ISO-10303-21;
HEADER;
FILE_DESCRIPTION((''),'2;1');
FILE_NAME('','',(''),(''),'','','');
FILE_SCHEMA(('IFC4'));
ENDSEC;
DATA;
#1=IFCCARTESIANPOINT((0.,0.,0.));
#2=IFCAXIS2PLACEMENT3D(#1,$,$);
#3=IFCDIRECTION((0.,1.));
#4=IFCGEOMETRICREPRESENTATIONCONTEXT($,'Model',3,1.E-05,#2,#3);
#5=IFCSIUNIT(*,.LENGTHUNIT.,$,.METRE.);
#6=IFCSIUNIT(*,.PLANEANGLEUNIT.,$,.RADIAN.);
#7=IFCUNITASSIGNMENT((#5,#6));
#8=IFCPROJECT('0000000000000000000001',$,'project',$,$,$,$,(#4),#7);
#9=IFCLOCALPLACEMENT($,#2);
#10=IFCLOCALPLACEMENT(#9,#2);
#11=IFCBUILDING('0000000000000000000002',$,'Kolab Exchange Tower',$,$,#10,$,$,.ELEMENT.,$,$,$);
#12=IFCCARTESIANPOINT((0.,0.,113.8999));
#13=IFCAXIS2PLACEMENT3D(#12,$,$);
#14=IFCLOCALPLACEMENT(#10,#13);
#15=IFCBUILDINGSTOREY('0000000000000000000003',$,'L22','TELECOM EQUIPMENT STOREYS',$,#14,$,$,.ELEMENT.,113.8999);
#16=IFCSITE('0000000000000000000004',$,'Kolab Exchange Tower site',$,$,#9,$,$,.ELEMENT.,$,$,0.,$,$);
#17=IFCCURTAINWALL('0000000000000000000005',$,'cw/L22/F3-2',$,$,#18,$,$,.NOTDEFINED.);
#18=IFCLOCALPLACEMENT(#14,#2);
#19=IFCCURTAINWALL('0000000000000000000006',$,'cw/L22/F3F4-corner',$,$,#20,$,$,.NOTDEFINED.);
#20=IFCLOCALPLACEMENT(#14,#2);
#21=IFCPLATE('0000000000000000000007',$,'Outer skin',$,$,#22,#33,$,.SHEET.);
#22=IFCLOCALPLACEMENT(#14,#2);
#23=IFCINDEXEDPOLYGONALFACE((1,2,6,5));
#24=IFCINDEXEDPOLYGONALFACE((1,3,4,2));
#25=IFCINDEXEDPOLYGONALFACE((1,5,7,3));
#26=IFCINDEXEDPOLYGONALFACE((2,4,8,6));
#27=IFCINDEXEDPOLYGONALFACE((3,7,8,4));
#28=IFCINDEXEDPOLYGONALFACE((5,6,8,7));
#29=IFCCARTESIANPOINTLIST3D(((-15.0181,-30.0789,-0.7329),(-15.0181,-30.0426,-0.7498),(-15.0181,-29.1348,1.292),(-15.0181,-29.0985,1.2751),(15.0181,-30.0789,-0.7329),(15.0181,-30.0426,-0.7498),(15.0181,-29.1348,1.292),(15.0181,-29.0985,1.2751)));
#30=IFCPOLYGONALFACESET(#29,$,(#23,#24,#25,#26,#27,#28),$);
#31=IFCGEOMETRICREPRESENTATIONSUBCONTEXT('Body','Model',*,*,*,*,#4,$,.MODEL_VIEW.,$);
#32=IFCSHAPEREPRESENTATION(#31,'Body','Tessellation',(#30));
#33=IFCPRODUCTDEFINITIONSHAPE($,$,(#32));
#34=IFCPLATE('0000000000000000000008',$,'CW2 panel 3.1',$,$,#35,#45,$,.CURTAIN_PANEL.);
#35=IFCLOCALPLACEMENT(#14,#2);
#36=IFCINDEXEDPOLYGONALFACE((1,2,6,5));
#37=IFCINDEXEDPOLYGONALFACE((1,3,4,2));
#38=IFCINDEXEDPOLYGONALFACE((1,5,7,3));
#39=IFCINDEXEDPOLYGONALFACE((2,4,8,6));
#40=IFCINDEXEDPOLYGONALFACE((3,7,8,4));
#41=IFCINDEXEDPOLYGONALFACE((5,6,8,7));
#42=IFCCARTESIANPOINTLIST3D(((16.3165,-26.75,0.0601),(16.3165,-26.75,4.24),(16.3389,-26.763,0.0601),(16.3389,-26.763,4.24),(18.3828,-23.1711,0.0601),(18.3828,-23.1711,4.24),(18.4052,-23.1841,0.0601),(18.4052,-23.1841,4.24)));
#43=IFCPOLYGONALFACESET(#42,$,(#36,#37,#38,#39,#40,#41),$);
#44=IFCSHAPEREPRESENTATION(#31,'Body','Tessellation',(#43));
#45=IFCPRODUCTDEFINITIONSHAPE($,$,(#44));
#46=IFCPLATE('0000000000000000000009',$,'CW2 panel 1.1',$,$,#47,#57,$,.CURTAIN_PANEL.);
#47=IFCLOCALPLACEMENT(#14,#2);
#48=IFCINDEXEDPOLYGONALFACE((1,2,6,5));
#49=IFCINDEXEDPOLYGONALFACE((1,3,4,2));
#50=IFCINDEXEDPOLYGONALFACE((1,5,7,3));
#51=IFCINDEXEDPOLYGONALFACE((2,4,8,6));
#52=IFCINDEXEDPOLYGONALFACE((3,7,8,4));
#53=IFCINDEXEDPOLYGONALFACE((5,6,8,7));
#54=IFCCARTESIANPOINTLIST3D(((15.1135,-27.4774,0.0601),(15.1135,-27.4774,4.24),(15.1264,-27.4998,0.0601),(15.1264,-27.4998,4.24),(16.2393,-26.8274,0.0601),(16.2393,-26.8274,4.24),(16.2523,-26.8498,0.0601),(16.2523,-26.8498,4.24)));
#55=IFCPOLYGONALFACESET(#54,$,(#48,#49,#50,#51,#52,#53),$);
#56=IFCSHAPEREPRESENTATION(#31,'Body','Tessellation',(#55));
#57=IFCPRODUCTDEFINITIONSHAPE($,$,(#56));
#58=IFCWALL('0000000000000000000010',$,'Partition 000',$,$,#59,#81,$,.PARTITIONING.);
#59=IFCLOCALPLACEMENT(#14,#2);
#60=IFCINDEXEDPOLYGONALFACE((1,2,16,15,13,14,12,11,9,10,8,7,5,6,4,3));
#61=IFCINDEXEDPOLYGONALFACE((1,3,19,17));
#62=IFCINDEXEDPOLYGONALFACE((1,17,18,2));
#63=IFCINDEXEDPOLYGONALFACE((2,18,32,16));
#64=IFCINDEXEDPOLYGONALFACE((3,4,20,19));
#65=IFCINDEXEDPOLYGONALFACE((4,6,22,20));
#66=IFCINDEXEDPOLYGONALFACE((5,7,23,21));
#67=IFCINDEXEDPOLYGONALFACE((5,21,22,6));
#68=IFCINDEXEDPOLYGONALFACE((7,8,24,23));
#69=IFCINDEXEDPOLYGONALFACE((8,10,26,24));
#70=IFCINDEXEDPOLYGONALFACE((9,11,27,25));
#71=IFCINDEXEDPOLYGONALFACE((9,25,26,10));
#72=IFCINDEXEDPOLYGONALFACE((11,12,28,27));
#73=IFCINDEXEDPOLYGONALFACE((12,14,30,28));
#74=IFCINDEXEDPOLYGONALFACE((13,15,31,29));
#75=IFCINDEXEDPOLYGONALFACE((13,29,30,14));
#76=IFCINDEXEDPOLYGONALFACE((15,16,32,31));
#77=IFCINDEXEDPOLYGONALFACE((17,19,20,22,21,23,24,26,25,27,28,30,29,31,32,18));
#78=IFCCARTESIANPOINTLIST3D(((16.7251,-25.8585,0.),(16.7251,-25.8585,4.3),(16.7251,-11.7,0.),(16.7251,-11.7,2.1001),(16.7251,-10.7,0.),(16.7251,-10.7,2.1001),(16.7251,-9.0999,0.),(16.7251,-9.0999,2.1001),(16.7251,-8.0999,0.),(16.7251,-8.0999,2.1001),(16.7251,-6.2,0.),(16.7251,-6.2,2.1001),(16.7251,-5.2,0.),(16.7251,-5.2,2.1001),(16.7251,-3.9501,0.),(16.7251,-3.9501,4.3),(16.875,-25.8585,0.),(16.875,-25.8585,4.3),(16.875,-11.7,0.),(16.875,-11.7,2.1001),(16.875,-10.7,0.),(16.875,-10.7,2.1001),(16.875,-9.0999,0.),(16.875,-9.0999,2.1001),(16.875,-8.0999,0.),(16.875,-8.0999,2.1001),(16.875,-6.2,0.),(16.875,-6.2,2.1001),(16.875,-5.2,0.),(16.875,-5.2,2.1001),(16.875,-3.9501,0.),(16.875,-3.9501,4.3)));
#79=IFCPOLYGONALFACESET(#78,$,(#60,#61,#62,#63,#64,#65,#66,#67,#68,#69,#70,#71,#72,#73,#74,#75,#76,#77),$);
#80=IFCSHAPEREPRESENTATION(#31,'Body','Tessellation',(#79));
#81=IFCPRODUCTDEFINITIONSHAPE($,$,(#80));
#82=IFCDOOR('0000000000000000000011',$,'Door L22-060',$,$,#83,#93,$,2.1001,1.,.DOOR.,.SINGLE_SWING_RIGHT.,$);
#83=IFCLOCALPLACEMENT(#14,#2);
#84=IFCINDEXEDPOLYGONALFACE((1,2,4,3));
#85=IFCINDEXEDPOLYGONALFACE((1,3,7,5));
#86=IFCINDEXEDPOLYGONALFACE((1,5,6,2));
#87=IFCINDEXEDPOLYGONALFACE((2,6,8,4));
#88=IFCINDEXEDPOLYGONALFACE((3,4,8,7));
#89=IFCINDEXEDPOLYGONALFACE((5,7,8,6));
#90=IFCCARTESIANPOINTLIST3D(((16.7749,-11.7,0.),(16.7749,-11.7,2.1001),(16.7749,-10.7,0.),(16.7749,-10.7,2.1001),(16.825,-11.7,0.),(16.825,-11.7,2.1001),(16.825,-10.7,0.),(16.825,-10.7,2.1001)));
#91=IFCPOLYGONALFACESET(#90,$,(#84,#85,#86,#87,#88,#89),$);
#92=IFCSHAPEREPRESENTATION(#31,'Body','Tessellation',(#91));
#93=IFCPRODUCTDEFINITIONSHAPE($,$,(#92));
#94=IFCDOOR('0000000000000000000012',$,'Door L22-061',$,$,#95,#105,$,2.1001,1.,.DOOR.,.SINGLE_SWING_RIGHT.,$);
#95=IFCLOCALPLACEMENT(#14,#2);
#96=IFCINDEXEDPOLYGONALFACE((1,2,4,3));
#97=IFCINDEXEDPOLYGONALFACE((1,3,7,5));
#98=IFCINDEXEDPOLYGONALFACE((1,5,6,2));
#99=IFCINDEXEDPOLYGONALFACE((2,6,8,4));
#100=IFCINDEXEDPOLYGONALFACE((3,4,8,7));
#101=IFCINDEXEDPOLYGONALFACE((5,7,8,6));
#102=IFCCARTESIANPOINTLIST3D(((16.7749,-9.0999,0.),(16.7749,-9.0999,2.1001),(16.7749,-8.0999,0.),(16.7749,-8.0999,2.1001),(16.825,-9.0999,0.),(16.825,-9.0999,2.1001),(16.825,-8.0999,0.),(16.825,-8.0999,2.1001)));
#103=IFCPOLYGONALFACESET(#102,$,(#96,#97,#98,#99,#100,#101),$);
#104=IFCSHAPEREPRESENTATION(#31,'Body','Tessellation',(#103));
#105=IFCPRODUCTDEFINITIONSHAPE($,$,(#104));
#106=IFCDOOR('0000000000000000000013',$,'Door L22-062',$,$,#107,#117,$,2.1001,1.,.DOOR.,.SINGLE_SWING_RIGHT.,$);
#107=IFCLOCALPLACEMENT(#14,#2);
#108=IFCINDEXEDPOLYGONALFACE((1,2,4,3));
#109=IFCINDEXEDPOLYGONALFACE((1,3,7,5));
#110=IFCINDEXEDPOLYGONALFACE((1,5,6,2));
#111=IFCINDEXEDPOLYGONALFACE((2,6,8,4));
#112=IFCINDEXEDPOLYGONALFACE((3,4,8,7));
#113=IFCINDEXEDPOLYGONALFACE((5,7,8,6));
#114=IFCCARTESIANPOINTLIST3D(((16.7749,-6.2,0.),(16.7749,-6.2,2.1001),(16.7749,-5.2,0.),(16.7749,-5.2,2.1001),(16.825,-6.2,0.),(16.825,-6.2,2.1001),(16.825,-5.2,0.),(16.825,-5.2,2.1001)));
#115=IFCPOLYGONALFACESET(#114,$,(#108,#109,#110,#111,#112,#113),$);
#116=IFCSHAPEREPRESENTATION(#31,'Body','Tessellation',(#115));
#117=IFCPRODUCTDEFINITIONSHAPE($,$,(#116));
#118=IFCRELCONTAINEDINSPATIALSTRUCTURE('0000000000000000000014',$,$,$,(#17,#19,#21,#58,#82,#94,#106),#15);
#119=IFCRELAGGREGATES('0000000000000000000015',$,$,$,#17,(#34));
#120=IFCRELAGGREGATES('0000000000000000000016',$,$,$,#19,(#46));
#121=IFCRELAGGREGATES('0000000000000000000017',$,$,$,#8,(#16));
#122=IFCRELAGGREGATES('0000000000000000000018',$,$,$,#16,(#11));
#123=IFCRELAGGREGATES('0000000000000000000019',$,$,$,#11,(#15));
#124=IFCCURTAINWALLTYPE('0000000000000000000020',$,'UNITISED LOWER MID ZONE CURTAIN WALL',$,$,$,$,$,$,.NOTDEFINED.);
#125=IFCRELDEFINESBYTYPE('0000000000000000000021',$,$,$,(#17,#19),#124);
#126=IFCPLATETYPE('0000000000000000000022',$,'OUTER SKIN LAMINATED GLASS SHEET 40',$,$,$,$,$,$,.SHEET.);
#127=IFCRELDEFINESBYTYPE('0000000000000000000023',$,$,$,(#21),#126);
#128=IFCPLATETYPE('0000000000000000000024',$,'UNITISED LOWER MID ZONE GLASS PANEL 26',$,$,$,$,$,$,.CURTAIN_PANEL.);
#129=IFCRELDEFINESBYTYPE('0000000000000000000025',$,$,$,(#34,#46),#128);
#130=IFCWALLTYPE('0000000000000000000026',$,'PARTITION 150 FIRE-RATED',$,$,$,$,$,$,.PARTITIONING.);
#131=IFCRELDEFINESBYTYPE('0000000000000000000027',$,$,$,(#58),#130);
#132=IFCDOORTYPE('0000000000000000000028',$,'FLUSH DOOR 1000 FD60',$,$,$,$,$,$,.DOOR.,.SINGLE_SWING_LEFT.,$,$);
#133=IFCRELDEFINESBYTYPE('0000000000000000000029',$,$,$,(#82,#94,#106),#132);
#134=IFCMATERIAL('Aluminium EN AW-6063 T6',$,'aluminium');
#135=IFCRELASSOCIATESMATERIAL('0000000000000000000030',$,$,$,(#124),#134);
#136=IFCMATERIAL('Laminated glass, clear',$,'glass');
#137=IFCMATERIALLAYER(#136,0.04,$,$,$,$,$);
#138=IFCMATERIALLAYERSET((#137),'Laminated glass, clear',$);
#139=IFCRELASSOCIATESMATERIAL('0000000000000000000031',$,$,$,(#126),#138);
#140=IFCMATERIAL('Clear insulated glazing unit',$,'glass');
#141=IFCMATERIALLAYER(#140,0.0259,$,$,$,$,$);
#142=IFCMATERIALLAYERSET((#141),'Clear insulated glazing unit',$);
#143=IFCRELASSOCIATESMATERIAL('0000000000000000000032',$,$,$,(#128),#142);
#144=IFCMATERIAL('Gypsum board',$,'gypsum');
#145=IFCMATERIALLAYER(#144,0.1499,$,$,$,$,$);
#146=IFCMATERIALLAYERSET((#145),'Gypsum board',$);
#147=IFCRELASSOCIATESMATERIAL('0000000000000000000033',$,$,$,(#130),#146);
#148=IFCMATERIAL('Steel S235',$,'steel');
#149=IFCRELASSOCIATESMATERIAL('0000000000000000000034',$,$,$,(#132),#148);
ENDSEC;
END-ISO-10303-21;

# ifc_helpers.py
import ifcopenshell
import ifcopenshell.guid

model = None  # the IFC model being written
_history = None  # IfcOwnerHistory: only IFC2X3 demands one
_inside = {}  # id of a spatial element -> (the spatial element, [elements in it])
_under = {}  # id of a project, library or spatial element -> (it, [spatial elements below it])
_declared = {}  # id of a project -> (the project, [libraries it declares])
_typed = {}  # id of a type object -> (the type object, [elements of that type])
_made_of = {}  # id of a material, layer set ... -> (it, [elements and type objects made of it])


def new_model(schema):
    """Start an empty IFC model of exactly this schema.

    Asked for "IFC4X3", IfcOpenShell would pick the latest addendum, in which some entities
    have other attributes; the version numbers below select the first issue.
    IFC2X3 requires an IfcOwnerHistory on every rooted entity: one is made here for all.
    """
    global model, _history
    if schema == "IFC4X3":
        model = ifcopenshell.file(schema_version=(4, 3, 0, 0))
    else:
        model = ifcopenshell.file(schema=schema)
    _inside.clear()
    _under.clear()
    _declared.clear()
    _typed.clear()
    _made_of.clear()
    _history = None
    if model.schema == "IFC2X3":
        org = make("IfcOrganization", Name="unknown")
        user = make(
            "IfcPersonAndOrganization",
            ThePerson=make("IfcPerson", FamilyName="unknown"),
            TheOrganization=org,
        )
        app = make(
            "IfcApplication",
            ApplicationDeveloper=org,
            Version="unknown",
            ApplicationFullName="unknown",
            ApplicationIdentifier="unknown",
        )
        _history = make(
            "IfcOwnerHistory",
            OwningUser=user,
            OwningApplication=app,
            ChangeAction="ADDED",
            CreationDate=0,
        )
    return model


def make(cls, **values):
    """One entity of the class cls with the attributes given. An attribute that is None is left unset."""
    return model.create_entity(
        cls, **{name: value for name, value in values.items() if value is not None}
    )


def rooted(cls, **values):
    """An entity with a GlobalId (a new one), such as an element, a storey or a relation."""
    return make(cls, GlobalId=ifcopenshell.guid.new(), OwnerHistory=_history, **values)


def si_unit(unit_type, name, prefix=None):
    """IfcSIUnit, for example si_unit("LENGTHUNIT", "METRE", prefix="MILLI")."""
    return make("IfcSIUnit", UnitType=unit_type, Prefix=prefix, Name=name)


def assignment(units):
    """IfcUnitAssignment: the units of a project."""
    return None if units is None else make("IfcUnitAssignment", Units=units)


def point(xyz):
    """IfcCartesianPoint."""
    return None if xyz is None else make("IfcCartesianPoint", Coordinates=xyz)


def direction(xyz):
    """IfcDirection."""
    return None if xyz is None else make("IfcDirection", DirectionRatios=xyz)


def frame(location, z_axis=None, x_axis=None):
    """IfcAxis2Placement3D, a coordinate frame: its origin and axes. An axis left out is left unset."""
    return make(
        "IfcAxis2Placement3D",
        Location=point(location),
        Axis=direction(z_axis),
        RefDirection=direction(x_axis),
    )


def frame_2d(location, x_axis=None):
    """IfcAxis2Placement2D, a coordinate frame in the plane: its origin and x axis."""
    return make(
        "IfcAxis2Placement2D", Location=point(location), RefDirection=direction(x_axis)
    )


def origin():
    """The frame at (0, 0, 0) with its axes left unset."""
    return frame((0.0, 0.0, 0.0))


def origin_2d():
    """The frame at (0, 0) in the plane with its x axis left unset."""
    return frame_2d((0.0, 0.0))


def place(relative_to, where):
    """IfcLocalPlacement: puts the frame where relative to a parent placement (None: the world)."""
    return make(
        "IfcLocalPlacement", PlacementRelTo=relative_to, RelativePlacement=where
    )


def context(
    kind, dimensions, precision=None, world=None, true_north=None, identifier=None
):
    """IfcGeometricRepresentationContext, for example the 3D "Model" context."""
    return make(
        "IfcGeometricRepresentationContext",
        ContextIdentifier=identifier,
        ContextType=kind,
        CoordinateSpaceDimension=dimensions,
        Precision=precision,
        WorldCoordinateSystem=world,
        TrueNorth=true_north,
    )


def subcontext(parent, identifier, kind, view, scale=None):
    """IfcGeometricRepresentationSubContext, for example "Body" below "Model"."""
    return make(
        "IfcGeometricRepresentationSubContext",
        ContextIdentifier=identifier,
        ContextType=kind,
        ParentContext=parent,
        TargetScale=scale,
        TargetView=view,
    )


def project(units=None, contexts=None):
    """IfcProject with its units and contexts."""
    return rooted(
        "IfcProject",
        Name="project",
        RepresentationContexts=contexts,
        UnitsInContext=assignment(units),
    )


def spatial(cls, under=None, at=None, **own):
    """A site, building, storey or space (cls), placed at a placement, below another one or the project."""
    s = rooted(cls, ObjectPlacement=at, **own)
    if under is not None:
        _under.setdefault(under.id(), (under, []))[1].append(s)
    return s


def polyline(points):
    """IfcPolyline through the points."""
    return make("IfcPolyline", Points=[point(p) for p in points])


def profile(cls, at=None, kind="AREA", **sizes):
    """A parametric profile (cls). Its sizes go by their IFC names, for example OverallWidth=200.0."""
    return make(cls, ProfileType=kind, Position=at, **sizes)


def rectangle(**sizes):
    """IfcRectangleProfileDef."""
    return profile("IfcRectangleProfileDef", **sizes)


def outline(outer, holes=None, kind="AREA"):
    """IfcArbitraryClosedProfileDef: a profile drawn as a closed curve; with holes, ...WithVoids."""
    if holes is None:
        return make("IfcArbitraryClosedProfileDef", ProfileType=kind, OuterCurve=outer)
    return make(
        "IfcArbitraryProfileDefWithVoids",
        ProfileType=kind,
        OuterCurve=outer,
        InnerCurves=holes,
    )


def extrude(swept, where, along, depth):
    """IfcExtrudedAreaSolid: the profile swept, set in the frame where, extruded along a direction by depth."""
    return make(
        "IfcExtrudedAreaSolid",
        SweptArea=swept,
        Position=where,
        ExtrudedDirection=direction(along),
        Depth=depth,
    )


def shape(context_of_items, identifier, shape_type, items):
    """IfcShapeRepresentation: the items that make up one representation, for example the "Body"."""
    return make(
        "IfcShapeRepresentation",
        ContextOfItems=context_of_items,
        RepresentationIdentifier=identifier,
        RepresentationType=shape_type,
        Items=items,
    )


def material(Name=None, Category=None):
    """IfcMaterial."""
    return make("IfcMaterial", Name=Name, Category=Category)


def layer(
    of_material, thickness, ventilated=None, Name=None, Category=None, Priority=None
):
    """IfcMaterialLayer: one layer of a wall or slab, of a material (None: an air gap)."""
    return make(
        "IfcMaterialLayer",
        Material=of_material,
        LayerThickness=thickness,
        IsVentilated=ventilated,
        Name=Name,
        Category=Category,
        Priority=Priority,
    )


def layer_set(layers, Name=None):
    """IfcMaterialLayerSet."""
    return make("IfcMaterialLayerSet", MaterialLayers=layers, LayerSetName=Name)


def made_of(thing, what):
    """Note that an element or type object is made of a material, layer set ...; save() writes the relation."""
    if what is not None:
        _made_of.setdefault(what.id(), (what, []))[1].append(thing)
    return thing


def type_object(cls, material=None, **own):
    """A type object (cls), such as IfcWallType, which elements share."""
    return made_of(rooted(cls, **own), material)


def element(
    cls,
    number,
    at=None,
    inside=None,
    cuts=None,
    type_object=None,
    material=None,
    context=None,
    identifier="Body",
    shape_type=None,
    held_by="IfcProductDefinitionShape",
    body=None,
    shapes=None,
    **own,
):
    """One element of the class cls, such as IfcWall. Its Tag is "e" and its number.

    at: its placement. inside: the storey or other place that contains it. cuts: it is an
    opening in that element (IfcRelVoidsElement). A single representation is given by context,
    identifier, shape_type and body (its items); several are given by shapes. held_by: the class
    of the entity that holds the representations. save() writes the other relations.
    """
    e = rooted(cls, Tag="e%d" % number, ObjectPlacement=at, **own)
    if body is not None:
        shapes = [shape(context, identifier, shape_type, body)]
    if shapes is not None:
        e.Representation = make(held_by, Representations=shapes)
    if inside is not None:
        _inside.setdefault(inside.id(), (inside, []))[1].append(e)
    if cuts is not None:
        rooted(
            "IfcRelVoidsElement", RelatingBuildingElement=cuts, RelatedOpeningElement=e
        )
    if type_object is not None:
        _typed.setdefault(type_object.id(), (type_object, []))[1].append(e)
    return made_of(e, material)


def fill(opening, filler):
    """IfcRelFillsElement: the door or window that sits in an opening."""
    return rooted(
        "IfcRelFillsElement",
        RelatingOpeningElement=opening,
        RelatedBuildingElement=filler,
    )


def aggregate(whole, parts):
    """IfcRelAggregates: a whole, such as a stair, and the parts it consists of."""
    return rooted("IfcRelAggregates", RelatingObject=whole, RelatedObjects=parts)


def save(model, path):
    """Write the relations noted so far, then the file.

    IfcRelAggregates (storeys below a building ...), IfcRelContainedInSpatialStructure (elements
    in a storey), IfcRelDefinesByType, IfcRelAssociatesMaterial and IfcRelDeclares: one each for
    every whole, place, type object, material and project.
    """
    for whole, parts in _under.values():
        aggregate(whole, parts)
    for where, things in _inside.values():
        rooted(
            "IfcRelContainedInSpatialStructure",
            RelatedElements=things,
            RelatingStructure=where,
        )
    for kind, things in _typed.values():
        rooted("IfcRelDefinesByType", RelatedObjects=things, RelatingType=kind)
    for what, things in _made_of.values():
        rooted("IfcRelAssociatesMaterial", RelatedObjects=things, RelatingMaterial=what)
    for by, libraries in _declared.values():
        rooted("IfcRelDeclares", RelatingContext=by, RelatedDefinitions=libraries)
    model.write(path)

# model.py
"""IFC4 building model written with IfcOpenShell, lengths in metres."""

from ifc_helpers import new_model, si_unit, direction, frame, frame_2d, origin, origin_2d, place, context, subcontext, project, spatial, polyline, rectangle, outline, extrude, material, layer, layer_set, type_object, element, fill, aggregate, save


model = new_model("IFC4")

# Units and contexts
model_context = context("Model", 3, precision=1e-05, world=origin(), true_north=direction((0.0, 1.0)))
body_context = subcontext(model_context, "Body", "Model", "MODEL_VIEW")
ifc_project = project(units=[si_unit("LENGTHUNIT", "METRE"), si_unit("PLANEANGLEUNIT", "RADIAN")], contexts=[model_context])

# Site, building, storey
site_placement = place(None, origin())
site = spatial("IfcSite", under=ifc_project, at=site_placement, Name="Kolab Exchange Tower site", CompositionType="ELEMENT", RefElevation=0.0)
building_placement = place(site_placement, origin())
building = spatial("IfcBuilding", under=site, at=building_placement, Name="Kolab Exchange Tower", CompositionType="ELEMENT")
storey_placement = place(building_placement, frame((0.0, 0.0, 113.8999)))
storey = spatial("IfcBuildingStorey", under=building, at=storey_placement, Name="L22", Description="TELECOM EQUIPMENT STOREYS", CompositionType="ELEMENT", Elevation=113.8999)

# Curtain wall
ifc_material_1 = material(Name="Aluminium EN AW-6063 T6", Category="aluminium")
curtain_wall_type = type_object("IfcCurtainWallType", Name="UNITISED LOWER MID ZONE CURTAIN WALL", PredefinedType="NOTDEFINED", material=ifc_material_1)
curtain_wall_1_placement = place(storey_placement, origin())
curtain_wall_1 = element("IfcCurtainWall", 1, at=curtain_wall_1_placement, inside=storey, type_object=curtain_wall_type, Name="cw/L22/F3-2", PredefinedType="NOTDEFINED")

# Curtain wall
curtain_wall_2_placement = place(storey_placement, origin())
curtain_wall_2 = element("IfcCurtainWall", 2, at=curtain_wall_2_placement, inside=storey, type_object=curtain_wall_type, Name="cw/L22/F3F4-corner", PredefinedType="NOTDEFINED")

# Plates
ifc_material_2 = material(Name="Laminated glass, clear", Category="glass")
ifc_layer_1 = layer(ifc_material_2, 0.04)
ifc_layer_set_1 = layer_set([ifc_layer_1], Name="Laminated glass, clear")
plate_type_1 = type_object("IfcPlateType", Name="OUTER SKIN LAMINATED GLASS SHEET 40", PredefinedType="SHEET", material=ifc_layer_set_1)
plate_1_placement = place(storey_placement, frame((15.0181, -30.0789, -0.7329), z_axis=(0.0, -0.906331, 0.422568), x_axis=(-1.0, 0.0, 0.0)))
element("IfcPlate", 3, at=plate_1_placement, inside=storey, type_object=plate_type_1, Name="Outer skin", PredefinedType="SHEET", context=body_context, shape_type="SweptSolid", body=[
    extrude(outline(polyline([(0.0, 0.0), (30.0361, 0.0), (30.0361, -2.2342), (0.0, -2.2342), (0.0, 0.0)])), origin(), (0.0, 0.0, -1.0), 0.04),
])
ifc_material_3 = material(Name="Clear insulated glazing unit", Category="glass")
ifc_layer_2 = layer(ifc_material_3, 0.0259)
ifc_layer_set_2 = layer_set([ifc_layer_2], Name="Clear insulated glazing unit")
plate_type_2 = type_object("IfcPlateType", Name="UNITISED LOWER MID ZONE GLASS PANEL 26", PredefinedType="CURTAIN_PANEL", material=ifc_layer_set_2)
plate_2_placement = place(storey_placement, frame((17.3608, -24.967, 0.0601), z_axis=(0.0, 0.0, 1.0), x_axis=(-0.5, -0.866025, 0.0)))
plate_2 = element("IfcPlate", 4, at=plate_2_placement, type_object=plate_type_2, Name="CW2 panel 3.1", PredefinedType="CURTAIN_PANEL", context=body_context, shape_type="SweptSolid", body=[
    extrude(rectangle(XDim=4.1326, YDim=0.0259, at=origin_2d()), origin(), (0.0, 0.0, 1.0), 4.1799),
])
aggregate(curtain_wall_1, [plate_2])
plate_3_placement = place(storey_placement, frame((15.6829, -27.1636, 0.0601), z_axis=(0.0, 0.0, 1.0), x_axis=(-0.866025, -0.5, 0.0)))
plate_3 = element("IfcPlate", 5, at=plate_3_placement, type_object=plate_type_2, Name="CW2 panel 1.1", PredefinedType="CURTAIN_PANEL", context=body_context, shape_type="SweptSolid", body=[
    extrude(rectangle(XDim=1.3, YDim=0.0259, at=origin_2d()), origin(), (0.0, 0.0, 1.0), 4.1799),
])
aggregate(curtain_wall_2, [plate_3])

# Wall, openings, doors
ifc_material_4 = material(Name="Gypsum board", Category="gypsum")
ifc_layer_3 = layer(ifc_material_4, 0.1499)
ifc_layer_set_3 = layer_set([ifc_layer_3], Name="Gypsum board")
wall_type = type_object("IfcWallType", Name="PARTITION 150 FIRE-RATED", PredefinedType="PARTITIONING", material=ifc_layer_set_3)
wall_placement = place(storey_placement, frame((16.8, -25.8584, 0.0), z_axis=(0.0, 0.0, 1.0), x_axis=(0.0, 1.0, 0.0)))
wall = element("IfcWall", 6, at=wall_placement, inside=storey, type_object=wall_type, Name="Partition 000", PredefinedType="PARTITIONING", context=body_context, shape_type="SweptSolid", body=[
    extrude(rectangle(XDim=21.9084, YDim=0.1499, at=frame_2d((10.9541, 0.0))), origin(), (0.0, 0.0, 1.0), 4.3),
])
opening_1_placement = place(wall_placement, frame((14.1584, 0.0, 0.0)))
opening_1 = element("IfcOpeningElement", 7, at=opening_1_placement, cuts=wall, PredefinedType="OPENING", context=body_context, shape_type="SweptSolid", body=[
    extrude(rectangle(XDim=1.0, YDim=2.1001, at=frame_2d((0.5, 1.05))), frame((0.0, 0.085, 0.0), z_axis=(0.0, -1.0, 0.0), x_axis=(1.0, 0.0, 0.0)), (0.0, 0.0, 1.0), 0.1699),
])
opening_2_placement = place(wall_placement, frame((16.7585, 0.0, 0.0)))
opening_2 = element("IfcOpeningElement", 8, at=opening_2_placement, cuts=wall, PredefinedType="OPENING", context=body_context, shape_type="SweptSolid", body=[
    extrude(rectangle(XDim=1.0, YDim=2.1001, at=frame_2d((0.5, 1.05))), frame((0.0, 0.085, 0.0), z_axis=(0.0, -1.0, 0.0), x_axis=(1.0, 0.0, 0.0)), (0.0, 0.0, 1.0), 0.1699),
])
opening_3_placement = place(wall_placement, frame((19.6584, 0.0, 0.0)))
opening_3 = element("IfcOpeningElement", 9, at=opening_3_placement, cuts=wall, PredefinedType="OPENING", context=body_context, shape_type="SweptSolid", body=[
    extrude(rectangle(XDim=1.0, YDim=2.1001, at=frame_2d((0.5, 1.05))), frame((0.0, 0.085, 0.0), z_axis=(0.0, -1.0, 0.0), x_axis=(1.0, 0.0, 0.0)), (0.0, 0.0, 1.0), 0.1699),
])
ifc_material_5 = material(Name="Steel S235", Category="steel")
door_type = type_object("IfcDoorType", Name="FLUSH DOOR 1000 FD60", OperationType="SINGLE_SWING_LEFT", PredefinedType="DOOR", material=ifc_material_5)
door_1_placement = place(opening_1_placement, frame((1.0, 0.0, 0.0), z_axis=(0.0, 0.0, 1.0), x_axis=(-1.0, 0.0, 0.0)))
door_1 = element("IfcDoor", 10, at=door_1_placement, inside=storey, type_object=door_type, Name="Door L22-060", OperationType="SINGLE_SWING_RIGHT", OverallHeight=2.1001, OverallWidth=1.0, PredefinedType="DOOR", context=body_context, shape_type="SweptSolid", body=[
    extrude(rectangle(XDim=1.0, YDim=2.1001, at=frame_2d((0.5, 1.05))), frame((0.0, 0.0249, 0.0), z_axis=(0.0, -1.0, 0.0), x_axis=(1.0, 0.0, 0.0)), (0.0, 0.0, 1.0), 0.05),
])
fill(opening_1, door_1)
door_2_placement = place(opening_2_placement, frame((1.0, 0.0, 0.0), z_axis=(0.0, 0.0, 1.0), x_axis=(-1.0, 0.0, 0.0)))
door_2 = element("IfcDoor", 11, at=door_2_placement, inside=storey, type_object=door_type, Name="Door L22-061", OperationType="SINGLE_SWING_RIGHT", OverallHeight=2.1001, OverallWidth=1.0, PredefinedType="DOOR", context=body_context, shape_type="SweptSolid", body=[
    extrude(rectangle(XDim=1.0, YDim=2.1001, at=frame_2d((0.5, 1.05))), frame((0.0, 0.0249, 0.0), z_axis=(0.0, -1.0, 0.0), x_axis=(1.0, 0.0, 0.0)), (0.0, 0.0, 1.0), 0.05),
])
fill(opening_2, door_2)
door_3_placement = place(opening_3_placement, frame((1.0, 0.0, 0.0), z_axis=(0.0, 0.0, 1.0), x_axis=(-1.0, 0.0, 0.0)))
door_3 = element("IfcDoor", 12, at=door_3_placement, inside=storey, type_object=door_type, Name="Door L22-062", OperationType="SINGLE_SWING_RIGHT", OverallHeight=2.1001, OverallWidth=1.0, PredefinedType="DOOR", context=body_context, shape_type="SweptSolid", body=[
    extrude(rectangle(XDim=1.0, YDim=2.1001, at=frame_2d((0.5, 1.05))), frame((0.0, 0.0249, 0.0), z_axis=(0.0, -1.0, 0.0), x_axis=(1.0, 0.0, 0.0)), (0.0, 0.0, 1.0), 0.05),
])
fill(opening_3, door_3)

save(model, "model.ifc")
